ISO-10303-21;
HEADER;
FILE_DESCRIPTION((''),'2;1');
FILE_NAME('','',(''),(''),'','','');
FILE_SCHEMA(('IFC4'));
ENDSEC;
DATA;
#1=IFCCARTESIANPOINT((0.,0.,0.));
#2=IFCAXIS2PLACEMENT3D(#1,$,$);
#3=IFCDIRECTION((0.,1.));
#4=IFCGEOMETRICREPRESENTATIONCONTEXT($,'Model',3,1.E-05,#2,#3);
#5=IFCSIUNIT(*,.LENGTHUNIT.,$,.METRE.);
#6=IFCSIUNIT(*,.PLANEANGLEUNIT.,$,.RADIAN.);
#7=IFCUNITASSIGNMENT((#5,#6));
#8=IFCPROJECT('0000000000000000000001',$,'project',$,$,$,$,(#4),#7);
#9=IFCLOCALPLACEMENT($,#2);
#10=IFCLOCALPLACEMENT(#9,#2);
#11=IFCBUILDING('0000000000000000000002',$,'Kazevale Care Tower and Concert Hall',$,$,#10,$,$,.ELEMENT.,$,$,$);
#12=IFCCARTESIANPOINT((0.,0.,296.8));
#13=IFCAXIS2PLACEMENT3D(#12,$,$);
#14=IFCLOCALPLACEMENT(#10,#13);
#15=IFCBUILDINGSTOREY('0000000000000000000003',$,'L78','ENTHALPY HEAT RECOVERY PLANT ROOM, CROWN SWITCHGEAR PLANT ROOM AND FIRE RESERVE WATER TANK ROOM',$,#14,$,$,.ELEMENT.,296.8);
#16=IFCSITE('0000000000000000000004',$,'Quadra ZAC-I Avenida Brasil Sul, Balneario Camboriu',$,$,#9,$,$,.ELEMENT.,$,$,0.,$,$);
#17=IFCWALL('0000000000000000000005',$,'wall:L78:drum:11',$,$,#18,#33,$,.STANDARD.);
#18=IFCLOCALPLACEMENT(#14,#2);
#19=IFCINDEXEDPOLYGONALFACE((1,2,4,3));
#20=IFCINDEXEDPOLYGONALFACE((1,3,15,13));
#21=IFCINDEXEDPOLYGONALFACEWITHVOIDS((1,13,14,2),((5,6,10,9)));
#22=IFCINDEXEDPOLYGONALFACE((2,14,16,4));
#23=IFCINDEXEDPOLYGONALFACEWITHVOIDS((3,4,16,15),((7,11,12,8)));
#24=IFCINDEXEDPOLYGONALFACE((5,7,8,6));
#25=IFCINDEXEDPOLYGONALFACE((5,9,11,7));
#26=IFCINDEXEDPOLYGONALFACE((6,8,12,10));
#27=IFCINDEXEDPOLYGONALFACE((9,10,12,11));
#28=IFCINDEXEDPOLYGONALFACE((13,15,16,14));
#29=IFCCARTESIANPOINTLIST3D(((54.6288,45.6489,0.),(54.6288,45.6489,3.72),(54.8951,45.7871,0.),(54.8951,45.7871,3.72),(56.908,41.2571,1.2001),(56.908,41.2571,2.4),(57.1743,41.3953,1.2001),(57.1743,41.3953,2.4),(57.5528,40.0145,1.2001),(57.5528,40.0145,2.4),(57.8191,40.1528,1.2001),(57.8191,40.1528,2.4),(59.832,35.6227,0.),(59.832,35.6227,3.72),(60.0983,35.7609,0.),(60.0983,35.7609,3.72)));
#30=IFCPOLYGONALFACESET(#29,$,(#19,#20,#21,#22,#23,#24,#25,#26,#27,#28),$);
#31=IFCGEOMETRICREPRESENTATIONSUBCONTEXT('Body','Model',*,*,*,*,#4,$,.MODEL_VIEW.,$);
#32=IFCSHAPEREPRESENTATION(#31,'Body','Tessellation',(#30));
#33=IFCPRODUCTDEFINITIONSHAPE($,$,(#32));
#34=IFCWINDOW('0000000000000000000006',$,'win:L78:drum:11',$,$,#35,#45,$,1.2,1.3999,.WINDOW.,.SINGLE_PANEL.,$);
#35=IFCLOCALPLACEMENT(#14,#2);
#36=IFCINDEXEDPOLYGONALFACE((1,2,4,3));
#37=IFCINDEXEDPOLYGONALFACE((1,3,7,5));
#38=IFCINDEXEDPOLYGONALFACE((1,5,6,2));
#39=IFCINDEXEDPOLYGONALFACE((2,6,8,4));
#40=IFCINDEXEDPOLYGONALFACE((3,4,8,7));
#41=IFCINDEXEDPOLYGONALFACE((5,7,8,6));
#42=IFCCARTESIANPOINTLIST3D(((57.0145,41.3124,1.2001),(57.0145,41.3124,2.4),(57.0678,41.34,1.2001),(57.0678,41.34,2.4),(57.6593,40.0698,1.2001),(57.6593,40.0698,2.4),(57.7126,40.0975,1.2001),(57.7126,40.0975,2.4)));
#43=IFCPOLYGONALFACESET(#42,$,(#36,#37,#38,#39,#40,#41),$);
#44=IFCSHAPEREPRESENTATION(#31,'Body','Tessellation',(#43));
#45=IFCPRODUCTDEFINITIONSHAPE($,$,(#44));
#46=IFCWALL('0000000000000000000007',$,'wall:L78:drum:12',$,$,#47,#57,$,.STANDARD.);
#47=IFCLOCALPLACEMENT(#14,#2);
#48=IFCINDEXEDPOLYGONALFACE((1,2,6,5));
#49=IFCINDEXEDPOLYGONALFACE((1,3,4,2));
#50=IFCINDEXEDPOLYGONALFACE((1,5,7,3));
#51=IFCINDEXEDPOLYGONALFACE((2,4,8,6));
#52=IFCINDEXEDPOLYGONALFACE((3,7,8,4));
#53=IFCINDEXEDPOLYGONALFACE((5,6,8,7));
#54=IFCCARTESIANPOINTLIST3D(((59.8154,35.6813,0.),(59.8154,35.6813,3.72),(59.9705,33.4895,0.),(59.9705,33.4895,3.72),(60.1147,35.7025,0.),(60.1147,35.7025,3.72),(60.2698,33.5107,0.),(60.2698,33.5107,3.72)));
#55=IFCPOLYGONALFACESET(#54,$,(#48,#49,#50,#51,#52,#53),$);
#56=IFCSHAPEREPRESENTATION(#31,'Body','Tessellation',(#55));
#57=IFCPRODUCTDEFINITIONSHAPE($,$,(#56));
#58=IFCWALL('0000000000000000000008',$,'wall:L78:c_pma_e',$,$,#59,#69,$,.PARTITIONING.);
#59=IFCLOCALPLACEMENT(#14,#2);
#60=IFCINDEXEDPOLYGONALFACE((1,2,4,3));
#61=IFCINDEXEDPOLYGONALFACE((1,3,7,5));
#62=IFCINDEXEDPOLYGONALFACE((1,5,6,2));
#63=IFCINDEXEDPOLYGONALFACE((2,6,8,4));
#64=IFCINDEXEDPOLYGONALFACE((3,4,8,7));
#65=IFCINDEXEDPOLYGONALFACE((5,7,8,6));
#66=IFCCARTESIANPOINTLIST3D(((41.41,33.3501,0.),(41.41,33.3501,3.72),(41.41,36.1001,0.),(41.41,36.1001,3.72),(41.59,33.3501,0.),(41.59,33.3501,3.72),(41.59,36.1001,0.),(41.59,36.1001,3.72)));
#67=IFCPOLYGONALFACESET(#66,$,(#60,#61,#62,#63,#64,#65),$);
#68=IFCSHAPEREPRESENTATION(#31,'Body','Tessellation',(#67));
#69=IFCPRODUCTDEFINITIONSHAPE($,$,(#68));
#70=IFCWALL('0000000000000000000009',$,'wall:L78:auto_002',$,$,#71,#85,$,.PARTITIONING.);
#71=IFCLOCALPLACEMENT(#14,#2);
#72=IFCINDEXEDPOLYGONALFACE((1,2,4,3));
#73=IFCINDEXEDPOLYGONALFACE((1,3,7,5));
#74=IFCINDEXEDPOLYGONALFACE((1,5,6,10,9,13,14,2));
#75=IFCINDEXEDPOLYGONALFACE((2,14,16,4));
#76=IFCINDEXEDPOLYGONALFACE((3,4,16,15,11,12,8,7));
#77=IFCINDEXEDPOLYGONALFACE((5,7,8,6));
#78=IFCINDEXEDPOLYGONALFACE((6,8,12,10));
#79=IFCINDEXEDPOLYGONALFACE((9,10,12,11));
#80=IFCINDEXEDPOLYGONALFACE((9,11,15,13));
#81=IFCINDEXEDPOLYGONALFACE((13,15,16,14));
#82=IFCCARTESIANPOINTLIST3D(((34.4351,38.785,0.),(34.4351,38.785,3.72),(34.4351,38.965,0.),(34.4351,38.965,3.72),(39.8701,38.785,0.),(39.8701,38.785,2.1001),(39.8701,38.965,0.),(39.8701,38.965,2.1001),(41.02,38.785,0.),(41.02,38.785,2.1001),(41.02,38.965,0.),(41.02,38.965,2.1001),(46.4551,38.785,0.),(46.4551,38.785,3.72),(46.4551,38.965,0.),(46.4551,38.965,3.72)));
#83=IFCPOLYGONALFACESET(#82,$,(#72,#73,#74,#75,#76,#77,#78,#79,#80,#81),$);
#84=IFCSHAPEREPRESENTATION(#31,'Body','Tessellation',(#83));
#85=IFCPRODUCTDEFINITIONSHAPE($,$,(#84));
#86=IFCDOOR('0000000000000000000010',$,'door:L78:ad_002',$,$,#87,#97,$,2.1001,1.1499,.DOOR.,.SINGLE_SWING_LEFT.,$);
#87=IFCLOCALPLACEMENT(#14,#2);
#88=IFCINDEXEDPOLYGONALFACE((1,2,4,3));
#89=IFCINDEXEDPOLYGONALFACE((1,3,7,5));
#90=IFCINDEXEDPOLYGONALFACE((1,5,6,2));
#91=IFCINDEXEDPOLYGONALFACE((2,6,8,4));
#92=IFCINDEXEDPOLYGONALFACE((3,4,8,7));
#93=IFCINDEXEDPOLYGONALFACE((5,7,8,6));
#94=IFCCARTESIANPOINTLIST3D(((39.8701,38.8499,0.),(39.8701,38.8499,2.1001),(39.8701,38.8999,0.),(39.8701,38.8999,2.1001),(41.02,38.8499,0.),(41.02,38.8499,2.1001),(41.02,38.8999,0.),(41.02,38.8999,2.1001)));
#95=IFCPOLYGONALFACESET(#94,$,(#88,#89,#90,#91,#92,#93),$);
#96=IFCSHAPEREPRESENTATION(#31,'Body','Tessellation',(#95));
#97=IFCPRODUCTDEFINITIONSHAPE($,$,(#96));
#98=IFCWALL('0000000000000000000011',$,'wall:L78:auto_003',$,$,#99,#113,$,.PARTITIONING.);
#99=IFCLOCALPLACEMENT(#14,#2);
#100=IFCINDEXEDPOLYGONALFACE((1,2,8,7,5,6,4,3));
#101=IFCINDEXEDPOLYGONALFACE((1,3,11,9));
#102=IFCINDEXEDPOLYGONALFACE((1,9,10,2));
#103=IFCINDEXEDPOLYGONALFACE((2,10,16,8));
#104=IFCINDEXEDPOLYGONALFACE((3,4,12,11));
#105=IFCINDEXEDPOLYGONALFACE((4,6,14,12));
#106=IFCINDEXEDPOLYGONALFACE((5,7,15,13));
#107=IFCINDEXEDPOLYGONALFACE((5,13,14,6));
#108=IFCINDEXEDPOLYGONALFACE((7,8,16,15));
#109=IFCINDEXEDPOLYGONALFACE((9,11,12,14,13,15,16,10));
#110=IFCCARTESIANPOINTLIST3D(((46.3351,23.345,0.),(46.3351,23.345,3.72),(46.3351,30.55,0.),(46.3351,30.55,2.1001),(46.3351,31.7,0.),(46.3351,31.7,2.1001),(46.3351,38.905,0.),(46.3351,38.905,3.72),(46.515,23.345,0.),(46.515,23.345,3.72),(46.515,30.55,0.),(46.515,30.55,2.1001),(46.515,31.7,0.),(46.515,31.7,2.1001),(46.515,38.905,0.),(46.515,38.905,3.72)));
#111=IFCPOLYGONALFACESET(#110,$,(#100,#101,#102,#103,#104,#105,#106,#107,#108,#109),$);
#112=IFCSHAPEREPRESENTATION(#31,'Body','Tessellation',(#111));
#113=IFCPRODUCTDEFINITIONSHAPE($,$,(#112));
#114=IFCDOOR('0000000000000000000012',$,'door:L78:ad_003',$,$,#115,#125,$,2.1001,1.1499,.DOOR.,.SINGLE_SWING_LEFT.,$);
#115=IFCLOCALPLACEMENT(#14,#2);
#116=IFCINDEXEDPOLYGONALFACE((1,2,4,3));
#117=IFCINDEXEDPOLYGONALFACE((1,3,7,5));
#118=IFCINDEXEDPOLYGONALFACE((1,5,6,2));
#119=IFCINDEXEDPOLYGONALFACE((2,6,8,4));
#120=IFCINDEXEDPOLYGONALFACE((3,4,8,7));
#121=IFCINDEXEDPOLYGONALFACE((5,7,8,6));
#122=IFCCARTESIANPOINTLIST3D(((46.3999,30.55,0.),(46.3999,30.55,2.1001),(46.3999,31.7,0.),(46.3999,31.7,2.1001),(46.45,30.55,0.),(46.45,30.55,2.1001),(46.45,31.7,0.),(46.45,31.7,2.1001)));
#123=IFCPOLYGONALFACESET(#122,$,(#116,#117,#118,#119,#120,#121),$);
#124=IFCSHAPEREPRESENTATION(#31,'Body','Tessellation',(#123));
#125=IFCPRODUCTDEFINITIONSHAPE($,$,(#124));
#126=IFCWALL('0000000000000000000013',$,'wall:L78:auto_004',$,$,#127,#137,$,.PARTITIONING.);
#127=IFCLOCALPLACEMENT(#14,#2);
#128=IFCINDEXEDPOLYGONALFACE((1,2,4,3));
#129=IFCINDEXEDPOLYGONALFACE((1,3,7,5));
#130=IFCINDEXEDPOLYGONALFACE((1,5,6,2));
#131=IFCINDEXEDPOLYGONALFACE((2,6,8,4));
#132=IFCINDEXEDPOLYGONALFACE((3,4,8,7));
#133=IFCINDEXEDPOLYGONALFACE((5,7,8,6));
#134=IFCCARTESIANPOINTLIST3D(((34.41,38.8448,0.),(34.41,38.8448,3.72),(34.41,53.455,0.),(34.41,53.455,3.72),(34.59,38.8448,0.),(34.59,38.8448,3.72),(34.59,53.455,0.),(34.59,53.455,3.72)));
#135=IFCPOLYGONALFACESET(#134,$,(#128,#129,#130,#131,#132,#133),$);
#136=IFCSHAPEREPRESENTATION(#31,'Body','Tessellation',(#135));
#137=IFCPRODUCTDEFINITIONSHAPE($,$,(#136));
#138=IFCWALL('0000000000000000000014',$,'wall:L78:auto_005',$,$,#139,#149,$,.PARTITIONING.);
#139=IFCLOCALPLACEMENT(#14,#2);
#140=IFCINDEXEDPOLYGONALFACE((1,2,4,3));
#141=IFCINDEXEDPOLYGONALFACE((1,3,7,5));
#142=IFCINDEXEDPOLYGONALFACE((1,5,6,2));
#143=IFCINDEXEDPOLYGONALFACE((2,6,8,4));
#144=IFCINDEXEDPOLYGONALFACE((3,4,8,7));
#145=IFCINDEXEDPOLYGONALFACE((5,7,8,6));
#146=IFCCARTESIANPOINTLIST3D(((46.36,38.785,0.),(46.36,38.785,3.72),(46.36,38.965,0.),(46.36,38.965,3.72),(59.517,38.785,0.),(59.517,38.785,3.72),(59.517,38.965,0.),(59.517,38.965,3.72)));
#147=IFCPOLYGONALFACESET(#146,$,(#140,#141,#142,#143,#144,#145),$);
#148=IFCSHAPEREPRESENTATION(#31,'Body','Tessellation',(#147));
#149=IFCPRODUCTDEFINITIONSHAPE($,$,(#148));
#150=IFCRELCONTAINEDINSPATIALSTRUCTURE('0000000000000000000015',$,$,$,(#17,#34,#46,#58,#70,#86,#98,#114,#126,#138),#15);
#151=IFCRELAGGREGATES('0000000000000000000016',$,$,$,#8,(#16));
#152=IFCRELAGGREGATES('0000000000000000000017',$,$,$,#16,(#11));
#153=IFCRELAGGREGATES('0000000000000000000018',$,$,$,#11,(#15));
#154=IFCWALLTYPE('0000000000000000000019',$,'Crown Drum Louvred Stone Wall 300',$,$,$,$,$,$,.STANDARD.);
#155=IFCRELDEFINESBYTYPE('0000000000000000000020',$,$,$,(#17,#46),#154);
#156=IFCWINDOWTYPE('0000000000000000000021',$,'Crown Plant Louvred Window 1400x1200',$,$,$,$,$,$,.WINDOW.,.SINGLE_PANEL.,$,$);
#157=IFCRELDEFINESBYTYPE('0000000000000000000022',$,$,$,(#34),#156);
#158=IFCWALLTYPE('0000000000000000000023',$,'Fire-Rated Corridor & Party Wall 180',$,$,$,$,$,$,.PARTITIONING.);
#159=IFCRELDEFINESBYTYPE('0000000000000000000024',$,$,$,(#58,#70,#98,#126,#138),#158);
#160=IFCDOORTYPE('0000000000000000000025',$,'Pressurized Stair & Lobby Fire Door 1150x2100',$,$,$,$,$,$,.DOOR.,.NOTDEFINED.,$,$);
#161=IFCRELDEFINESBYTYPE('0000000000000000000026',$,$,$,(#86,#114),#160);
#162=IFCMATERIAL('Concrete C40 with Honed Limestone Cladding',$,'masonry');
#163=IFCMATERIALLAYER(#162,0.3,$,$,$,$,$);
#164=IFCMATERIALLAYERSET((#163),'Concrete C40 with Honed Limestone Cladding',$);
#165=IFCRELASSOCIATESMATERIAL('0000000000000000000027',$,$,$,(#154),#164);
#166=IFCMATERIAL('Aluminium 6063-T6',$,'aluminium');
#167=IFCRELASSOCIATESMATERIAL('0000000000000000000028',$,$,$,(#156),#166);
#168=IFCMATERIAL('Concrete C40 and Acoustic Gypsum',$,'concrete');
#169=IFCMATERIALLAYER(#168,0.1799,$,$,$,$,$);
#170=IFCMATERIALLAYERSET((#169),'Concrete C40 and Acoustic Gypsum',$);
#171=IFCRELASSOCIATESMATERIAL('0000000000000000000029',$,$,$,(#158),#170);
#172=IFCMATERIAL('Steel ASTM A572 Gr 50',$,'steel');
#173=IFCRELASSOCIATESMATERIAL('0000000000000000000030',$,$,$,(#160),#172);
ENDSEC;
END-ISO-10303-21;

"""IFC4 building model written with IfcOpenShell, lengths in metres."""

from ifc_helpers import new_model, si_unit, direction, frame, frame_2d, origin, place, context, subcontext, project, spatial, rectangle, extrude, material, layer, layer_set, type_object, element, fill, save


model = new_model("IFC4")

# Units and contexts
model_context = context("Model", 3, precision=1e-05, world=origin(), true_north=direction((0.0, 1.0)))
body_context = subcontext(model_context, "Body", "Model", "MODEL_VIEW")
ifc_project = project(units=[si_unit("LENGTHUNIT", "METRE"), si_unit("PLANEANGLEUNIT", "RADIAN")], contexts=[model_context])

# Site, building, storey
site_placement = place(None, origin())
site = spatial("IfcSite", under=ifc_project, at=site_placement, Name="Quadra ZAC-I Avenida Brasil Sul, Balneario Camboriu", CompositionType="ELEMENT", RefElevation=0.0)
building_placement = place(site_placement, origin())
building = spatial("IfcBuilding", under=site, at=building_placement, Name="Kazevale Care Tower and Concert Hall", CompositionType="ELEMENT")
storey_placement = place(building_placement, frame((0.0, 0.0, 296.8)))
storey = spatial("IfcBuildingStorey", under=building, at=storey_placement, Name="L78", Description="ENTHALPY HEAT RECOVERY PLANT ROOM, CROWN SWITCHGEAR PLANT ROOM AND FIRE RESERVE WATER TANK ROOM", CompositionType="ELEMENT", Elevation=296.8)

# Shared definitions
ifc_material_1 = material(Name="Steel ASTM A572 Gr 50", Category="steel")

# Shared definitions
ifc_material_2 = material(Name="Concrete C40 with Honed Limestone Cladding", Category="masonry")
ifc_layer_1 = layer(ifc_material_2, 0.3)
ifc_layer_set_1 = layer_set([ifc_layer_1], Name="Concrete C40 with Honed Limestone Cladding")
wall_type_1 = type_object("IfcWallType", Name="Crown Drum Louvred Stone Wall 300", PredefinedType="STANDARD", material=ifc_layer_set_1)
ifc_material_3 = material(Name="Aluminium 6063-T6", Category="aluminium")
window_type = type_object("IfcWindowType", Name="Crown Plant Louvred Window 1400x1200", PartitioningType="SINGLE_PANEL", PredefinedType="WINDOW", material=ifc_material_3)

# Wall, opening, window
wall_1_placement = place(storey_placement, frame((54.762, 45.718, 0.0), z_axis=(0.0, 0.0, 1.0), x_axis=(0.460624, -0.887595, 0.0)))
wall_1 = element("IfcWall", 1, at=wall_1_placement, inside=storey, type_object=wall_type_1, Name="wall:L78:drum:11", PredefinedType="STANDARD", context=body_context, shape_type="SweptSolid", body=[
    extrude(rectangle(XDim=11.2959, YDim=0.3, at=frame_2d((5.6479, 0.0))), origin(), (0.0, 0.0, 1.0), 3.72),
])
opening_1_placement = place(wall_1_placement, frame((4.948, 0.0, 1.2)))
opening_1 = element("IfcOpeningElement", 2, at=opening_1_placement, cuts=wall_1, PredefinedType="OPENING", context=body_context, shape_type="SweptSolid", body=[
    extrude(rectangle(XDim=1.3999, YDim=1.2, at=frame_2d((0.7, 0.6001))), frame((0.0, 0.1599, 0.0), z_axis=(0.0, -1.0, 0.0), x_axis=(1.0, 0.0, 0.0)), (0.0, 0.0, 1.0), 0.3201),
])
window_1_placement = place(opening_1_placement, origin())
window_1 = element("IfcWindow", 3, at=window_1_placement, inside=storey, type_object=window_type, Name="win:L78:drum:11", OverallHeight=1.2, OverallWidth=1.3999, PartitioningType="SINGLE_PANEL", PredefinedType="WINDOW", context=body_context, shape_type="SweptSolid", body=[
    extrude(rectangle(XDim=1.3999, YDim=1.2, at=frame_2d((0.7, 0.6001))), frame((0.0, 0.03, 0.0), z_axis=(0.0, -1.0, 0.0), x_axis=(1.0, 0.0, 0.0)), (0.0, 0.0, 1.0), 0.0601),
])
fill(opening_1, window_1)

# Walls
wall_2_placement = place(storey_placement, frame((59.9651, 35.6919, 0.0), z_axis=(0.0, 0.0, 1.0), x_axis=(0.070552, -0.997508, 0.0)))
element("IfcWall", 4, at=wall_2_placement, inside=storey, type_object=wall_type_1, Name="wall:L78:drum:12", PredefinedType="STANDARD", context=body_context, shape_type="SweptSolid", body=[
    extrude(rectangle(XDim=2.1973, YDim=0.3, at=frame_2d((1.0986, 0.0))), origin(), (0.0, 0.0, 1.0), 3.72),
])
ifc_material_4 = material(Name="Concrete C40 and Acoustic Gypsum", Category="concrete")
ifc_layer_2 = layer(ifc_material_4, 0.1799)
ifc_layer_set_2 = layer_set([ifc_layer_2], Name="Concrete C40 and Acoustic Gypsum")
wall_type_2 = type_object("IfcWallType", Name="Fire-Rated Corridor & Party Wall 180", PredefinedType="PARTITIONING", material=ifc_layer_set_2)
wall_3_placement = place(storey_placement, frame((41.5, 33.3501, 0.0), z_axis=(0.0, 0.0, 1.0), x_axis=(0.0, 1.0, 0.0)))
element("IfcWall", 5, at=wall_3_placement, inside=storey, type_object=wall_type_2, Name="wall:L78:c_pma_e", PredefinedType="PARTITIONING", context=body_context, shape_type="SweptSolid", body=[
    extrude(rectangle(XDim=2.75, YDim=0.1799, at=frame_2d((1.375, 0.0))), origin(), (0.0, 0.0, 1.0), 3.72),
])

# Walls, openings, doors
wall_4_placement = place(storey_placement, frame((34.4351, 38.875, 0.0), z_axis=(0.0, 0.0, 1.0), x_axis=(1.0, 0.0, 0.0)))
wall_4 = element("IfcWall", 6, at=wall_4_placement, inside=storey, type_object=wall_type_2, Name="wall:L78:auto_002", PredefinedType="PARTITIONING", context=body_context, shape_type="SweptSolid", body=[
    extrude(rectangle(XDim=12.02, YDim=0.1799, at=frame_2d((6.01, 0.0))), origin(), (0.0, 0.0, 1.0), 3.72),
])
opening_2_placement = place(wall_4_placement, frame((5.4351, 0.0, 0.0)))
opening_2 = element("IfcOpeningElement", 7, at=opening_2_placement, cuts=wall_4, PredefinedType="OPENING", context=body_context, shape_type="SweptSolid", body=[
    extrude(rectangle(XDim=1.1499, YDim=2.1001, at=frame_2d((0.575, 1.05))), frame((0.0, 0.0999, 0.0), z_axis=(0.0, -1.0, 0.0), x_axis=(1.0, 0.0, 0.0)), (0.0, 0.0, 1.0), 0.2),
])
door_type_1 = type_object("IfcDoorType", Name="Pressurized Stair & Lobby Fire Door 1150x2100", OperationType="NOTDEFINED", PredefinedType="DOOR", material=ifc_material_1)
door_1_placement = place(opening_2_placement, origin())
door_1 = element("IfcDoor", 8, at=door_1_placement, inside=storey, type_object=door_type_1, Name="door:L78:ad_002", OperationType="SINGLE_SWING_LEFT", OverallHeight=2.1001, OverallWidth=1.1499, PredefinedType="DOOR", context=body_context, shape_type="SweptSolid", body=[
    extrude(rectangle(XDim=1.1499, YDim=2.1001, at=frame_2d((0.575, 1.05))), frame((0.0, 0.0249, 0.0), z_axis=(0.0, -1.0, 0.0), x_axis=(1.0, 0.0, 0.0)), (0.0, 0.0, 1.0), 0.05),
])
fill(opening_2, door_1)
wall_5_placement = place(storey_placement, frame((46.425, 38.905, 0.0), z_axis=(0.0, 0.0, 1.0), x_axis=(0.0, -1.0, 0.0)))
wall_5 = element("IfcWall", 9, at=wall_5_placement, inside=storey, type_object=wall_type_2, Name="wall:L78:auto_003", PredefinedType="PARTITIONING", context=body_context, shape_type="SweptSolid", body=[
    extrude(rectangle(XDim=15.5601, YDim=0.1799, at=frame_2d((7.78, 0.0))), origin(), (0.0, 0.0, 1.0), 3.72),
])
opening_3_placement = place(wall_5_placement, frame((7.2051, 0.0, 0.0)))
opening_3 = element("IfcOpeningElement", 10, at=opening_3_placement, cuts=wall_5, PredefinedType="OPENING", context=body_context, shape_type="SweptSolid", body=[
    extrude(rectangle(XDim=1.1499, YDim=2.1001, at=frame_2d((0.575, 1.05))), frame((0.0, 0.0999, 0.0), z_axis=(0.0, -1.0, 0.0), x_axis=(1.0, 0.0, 0.0)), (0.0, 0.0, 1.0), 0.2),
])
door_2_placement = place(opening_3_placement, origin())
door_2 = element("IfcDoor", 11, at=door_2_placement, inside=storey, type_object=door_type_1, Name="door:L78:ad_003", OperationType="SINGLE_SWING_LEFT", OverallHeight=2.1001, OverallWidth=1.1499, PredefinedType="DOOR", context=body_context, shape_type="SweptSolid", body=[
    extrude(rectangle(XDim=1.1499, YDim=2.1001, at=frame_2d((0.575, 1.05))), frame((0.0, 0.0249, 0.0), z_axis=(0.0, -1.0, 0.0), x_axis=(1.0, 0.0, 0.0)), (0.0, 0.0, 1.0), 0.05),
])
fill(opening_3, door_2)

# Walls
wall_6_placement = place(storey_placement, frame((34.5, 53.4551, 0.0), z_axis=(0.0, 0.0, 1.0), x_axis=(0.0, -1.0, 0.0)))
element("IfcWall", 12, at=wall_6_placement, inside=storey, type_object=wall_type_2, Name="wall:L78:auto_004", PredefinedType="PARTITIONING", context=body_context, shape_type="SweptSolid", body=[
    extrude(rectangle(XDim=14.6101, YDim=0.1799, at=frame_2d((7.3052, 0.0))), origin(), (0.0, 0.0, 1.0), 3.72),
])
wall_7_placement = place(storey_placement, frame((59.5171, 38.875, 0.0), z_axis=(0.0, 0.0, 1.0), x_axis=(-1.0, 0.0, 0.0)))
element("IfcWall", 13, at=wall_7_placement, inside=storey, type_object=wall_type_2, Name="wall:L78:auto_005", PredefinedType="PARTITIONING", context=body_context, shape_type="SweptSolid", body=[
    extrude(rectangle(XDim=13.157, YDim=0.1799, at=frame_2d((6.5786, 0.0))), origin(), (0.0, 0.0, 1.0), 3.72),
])

save(model, "model.ifc")
